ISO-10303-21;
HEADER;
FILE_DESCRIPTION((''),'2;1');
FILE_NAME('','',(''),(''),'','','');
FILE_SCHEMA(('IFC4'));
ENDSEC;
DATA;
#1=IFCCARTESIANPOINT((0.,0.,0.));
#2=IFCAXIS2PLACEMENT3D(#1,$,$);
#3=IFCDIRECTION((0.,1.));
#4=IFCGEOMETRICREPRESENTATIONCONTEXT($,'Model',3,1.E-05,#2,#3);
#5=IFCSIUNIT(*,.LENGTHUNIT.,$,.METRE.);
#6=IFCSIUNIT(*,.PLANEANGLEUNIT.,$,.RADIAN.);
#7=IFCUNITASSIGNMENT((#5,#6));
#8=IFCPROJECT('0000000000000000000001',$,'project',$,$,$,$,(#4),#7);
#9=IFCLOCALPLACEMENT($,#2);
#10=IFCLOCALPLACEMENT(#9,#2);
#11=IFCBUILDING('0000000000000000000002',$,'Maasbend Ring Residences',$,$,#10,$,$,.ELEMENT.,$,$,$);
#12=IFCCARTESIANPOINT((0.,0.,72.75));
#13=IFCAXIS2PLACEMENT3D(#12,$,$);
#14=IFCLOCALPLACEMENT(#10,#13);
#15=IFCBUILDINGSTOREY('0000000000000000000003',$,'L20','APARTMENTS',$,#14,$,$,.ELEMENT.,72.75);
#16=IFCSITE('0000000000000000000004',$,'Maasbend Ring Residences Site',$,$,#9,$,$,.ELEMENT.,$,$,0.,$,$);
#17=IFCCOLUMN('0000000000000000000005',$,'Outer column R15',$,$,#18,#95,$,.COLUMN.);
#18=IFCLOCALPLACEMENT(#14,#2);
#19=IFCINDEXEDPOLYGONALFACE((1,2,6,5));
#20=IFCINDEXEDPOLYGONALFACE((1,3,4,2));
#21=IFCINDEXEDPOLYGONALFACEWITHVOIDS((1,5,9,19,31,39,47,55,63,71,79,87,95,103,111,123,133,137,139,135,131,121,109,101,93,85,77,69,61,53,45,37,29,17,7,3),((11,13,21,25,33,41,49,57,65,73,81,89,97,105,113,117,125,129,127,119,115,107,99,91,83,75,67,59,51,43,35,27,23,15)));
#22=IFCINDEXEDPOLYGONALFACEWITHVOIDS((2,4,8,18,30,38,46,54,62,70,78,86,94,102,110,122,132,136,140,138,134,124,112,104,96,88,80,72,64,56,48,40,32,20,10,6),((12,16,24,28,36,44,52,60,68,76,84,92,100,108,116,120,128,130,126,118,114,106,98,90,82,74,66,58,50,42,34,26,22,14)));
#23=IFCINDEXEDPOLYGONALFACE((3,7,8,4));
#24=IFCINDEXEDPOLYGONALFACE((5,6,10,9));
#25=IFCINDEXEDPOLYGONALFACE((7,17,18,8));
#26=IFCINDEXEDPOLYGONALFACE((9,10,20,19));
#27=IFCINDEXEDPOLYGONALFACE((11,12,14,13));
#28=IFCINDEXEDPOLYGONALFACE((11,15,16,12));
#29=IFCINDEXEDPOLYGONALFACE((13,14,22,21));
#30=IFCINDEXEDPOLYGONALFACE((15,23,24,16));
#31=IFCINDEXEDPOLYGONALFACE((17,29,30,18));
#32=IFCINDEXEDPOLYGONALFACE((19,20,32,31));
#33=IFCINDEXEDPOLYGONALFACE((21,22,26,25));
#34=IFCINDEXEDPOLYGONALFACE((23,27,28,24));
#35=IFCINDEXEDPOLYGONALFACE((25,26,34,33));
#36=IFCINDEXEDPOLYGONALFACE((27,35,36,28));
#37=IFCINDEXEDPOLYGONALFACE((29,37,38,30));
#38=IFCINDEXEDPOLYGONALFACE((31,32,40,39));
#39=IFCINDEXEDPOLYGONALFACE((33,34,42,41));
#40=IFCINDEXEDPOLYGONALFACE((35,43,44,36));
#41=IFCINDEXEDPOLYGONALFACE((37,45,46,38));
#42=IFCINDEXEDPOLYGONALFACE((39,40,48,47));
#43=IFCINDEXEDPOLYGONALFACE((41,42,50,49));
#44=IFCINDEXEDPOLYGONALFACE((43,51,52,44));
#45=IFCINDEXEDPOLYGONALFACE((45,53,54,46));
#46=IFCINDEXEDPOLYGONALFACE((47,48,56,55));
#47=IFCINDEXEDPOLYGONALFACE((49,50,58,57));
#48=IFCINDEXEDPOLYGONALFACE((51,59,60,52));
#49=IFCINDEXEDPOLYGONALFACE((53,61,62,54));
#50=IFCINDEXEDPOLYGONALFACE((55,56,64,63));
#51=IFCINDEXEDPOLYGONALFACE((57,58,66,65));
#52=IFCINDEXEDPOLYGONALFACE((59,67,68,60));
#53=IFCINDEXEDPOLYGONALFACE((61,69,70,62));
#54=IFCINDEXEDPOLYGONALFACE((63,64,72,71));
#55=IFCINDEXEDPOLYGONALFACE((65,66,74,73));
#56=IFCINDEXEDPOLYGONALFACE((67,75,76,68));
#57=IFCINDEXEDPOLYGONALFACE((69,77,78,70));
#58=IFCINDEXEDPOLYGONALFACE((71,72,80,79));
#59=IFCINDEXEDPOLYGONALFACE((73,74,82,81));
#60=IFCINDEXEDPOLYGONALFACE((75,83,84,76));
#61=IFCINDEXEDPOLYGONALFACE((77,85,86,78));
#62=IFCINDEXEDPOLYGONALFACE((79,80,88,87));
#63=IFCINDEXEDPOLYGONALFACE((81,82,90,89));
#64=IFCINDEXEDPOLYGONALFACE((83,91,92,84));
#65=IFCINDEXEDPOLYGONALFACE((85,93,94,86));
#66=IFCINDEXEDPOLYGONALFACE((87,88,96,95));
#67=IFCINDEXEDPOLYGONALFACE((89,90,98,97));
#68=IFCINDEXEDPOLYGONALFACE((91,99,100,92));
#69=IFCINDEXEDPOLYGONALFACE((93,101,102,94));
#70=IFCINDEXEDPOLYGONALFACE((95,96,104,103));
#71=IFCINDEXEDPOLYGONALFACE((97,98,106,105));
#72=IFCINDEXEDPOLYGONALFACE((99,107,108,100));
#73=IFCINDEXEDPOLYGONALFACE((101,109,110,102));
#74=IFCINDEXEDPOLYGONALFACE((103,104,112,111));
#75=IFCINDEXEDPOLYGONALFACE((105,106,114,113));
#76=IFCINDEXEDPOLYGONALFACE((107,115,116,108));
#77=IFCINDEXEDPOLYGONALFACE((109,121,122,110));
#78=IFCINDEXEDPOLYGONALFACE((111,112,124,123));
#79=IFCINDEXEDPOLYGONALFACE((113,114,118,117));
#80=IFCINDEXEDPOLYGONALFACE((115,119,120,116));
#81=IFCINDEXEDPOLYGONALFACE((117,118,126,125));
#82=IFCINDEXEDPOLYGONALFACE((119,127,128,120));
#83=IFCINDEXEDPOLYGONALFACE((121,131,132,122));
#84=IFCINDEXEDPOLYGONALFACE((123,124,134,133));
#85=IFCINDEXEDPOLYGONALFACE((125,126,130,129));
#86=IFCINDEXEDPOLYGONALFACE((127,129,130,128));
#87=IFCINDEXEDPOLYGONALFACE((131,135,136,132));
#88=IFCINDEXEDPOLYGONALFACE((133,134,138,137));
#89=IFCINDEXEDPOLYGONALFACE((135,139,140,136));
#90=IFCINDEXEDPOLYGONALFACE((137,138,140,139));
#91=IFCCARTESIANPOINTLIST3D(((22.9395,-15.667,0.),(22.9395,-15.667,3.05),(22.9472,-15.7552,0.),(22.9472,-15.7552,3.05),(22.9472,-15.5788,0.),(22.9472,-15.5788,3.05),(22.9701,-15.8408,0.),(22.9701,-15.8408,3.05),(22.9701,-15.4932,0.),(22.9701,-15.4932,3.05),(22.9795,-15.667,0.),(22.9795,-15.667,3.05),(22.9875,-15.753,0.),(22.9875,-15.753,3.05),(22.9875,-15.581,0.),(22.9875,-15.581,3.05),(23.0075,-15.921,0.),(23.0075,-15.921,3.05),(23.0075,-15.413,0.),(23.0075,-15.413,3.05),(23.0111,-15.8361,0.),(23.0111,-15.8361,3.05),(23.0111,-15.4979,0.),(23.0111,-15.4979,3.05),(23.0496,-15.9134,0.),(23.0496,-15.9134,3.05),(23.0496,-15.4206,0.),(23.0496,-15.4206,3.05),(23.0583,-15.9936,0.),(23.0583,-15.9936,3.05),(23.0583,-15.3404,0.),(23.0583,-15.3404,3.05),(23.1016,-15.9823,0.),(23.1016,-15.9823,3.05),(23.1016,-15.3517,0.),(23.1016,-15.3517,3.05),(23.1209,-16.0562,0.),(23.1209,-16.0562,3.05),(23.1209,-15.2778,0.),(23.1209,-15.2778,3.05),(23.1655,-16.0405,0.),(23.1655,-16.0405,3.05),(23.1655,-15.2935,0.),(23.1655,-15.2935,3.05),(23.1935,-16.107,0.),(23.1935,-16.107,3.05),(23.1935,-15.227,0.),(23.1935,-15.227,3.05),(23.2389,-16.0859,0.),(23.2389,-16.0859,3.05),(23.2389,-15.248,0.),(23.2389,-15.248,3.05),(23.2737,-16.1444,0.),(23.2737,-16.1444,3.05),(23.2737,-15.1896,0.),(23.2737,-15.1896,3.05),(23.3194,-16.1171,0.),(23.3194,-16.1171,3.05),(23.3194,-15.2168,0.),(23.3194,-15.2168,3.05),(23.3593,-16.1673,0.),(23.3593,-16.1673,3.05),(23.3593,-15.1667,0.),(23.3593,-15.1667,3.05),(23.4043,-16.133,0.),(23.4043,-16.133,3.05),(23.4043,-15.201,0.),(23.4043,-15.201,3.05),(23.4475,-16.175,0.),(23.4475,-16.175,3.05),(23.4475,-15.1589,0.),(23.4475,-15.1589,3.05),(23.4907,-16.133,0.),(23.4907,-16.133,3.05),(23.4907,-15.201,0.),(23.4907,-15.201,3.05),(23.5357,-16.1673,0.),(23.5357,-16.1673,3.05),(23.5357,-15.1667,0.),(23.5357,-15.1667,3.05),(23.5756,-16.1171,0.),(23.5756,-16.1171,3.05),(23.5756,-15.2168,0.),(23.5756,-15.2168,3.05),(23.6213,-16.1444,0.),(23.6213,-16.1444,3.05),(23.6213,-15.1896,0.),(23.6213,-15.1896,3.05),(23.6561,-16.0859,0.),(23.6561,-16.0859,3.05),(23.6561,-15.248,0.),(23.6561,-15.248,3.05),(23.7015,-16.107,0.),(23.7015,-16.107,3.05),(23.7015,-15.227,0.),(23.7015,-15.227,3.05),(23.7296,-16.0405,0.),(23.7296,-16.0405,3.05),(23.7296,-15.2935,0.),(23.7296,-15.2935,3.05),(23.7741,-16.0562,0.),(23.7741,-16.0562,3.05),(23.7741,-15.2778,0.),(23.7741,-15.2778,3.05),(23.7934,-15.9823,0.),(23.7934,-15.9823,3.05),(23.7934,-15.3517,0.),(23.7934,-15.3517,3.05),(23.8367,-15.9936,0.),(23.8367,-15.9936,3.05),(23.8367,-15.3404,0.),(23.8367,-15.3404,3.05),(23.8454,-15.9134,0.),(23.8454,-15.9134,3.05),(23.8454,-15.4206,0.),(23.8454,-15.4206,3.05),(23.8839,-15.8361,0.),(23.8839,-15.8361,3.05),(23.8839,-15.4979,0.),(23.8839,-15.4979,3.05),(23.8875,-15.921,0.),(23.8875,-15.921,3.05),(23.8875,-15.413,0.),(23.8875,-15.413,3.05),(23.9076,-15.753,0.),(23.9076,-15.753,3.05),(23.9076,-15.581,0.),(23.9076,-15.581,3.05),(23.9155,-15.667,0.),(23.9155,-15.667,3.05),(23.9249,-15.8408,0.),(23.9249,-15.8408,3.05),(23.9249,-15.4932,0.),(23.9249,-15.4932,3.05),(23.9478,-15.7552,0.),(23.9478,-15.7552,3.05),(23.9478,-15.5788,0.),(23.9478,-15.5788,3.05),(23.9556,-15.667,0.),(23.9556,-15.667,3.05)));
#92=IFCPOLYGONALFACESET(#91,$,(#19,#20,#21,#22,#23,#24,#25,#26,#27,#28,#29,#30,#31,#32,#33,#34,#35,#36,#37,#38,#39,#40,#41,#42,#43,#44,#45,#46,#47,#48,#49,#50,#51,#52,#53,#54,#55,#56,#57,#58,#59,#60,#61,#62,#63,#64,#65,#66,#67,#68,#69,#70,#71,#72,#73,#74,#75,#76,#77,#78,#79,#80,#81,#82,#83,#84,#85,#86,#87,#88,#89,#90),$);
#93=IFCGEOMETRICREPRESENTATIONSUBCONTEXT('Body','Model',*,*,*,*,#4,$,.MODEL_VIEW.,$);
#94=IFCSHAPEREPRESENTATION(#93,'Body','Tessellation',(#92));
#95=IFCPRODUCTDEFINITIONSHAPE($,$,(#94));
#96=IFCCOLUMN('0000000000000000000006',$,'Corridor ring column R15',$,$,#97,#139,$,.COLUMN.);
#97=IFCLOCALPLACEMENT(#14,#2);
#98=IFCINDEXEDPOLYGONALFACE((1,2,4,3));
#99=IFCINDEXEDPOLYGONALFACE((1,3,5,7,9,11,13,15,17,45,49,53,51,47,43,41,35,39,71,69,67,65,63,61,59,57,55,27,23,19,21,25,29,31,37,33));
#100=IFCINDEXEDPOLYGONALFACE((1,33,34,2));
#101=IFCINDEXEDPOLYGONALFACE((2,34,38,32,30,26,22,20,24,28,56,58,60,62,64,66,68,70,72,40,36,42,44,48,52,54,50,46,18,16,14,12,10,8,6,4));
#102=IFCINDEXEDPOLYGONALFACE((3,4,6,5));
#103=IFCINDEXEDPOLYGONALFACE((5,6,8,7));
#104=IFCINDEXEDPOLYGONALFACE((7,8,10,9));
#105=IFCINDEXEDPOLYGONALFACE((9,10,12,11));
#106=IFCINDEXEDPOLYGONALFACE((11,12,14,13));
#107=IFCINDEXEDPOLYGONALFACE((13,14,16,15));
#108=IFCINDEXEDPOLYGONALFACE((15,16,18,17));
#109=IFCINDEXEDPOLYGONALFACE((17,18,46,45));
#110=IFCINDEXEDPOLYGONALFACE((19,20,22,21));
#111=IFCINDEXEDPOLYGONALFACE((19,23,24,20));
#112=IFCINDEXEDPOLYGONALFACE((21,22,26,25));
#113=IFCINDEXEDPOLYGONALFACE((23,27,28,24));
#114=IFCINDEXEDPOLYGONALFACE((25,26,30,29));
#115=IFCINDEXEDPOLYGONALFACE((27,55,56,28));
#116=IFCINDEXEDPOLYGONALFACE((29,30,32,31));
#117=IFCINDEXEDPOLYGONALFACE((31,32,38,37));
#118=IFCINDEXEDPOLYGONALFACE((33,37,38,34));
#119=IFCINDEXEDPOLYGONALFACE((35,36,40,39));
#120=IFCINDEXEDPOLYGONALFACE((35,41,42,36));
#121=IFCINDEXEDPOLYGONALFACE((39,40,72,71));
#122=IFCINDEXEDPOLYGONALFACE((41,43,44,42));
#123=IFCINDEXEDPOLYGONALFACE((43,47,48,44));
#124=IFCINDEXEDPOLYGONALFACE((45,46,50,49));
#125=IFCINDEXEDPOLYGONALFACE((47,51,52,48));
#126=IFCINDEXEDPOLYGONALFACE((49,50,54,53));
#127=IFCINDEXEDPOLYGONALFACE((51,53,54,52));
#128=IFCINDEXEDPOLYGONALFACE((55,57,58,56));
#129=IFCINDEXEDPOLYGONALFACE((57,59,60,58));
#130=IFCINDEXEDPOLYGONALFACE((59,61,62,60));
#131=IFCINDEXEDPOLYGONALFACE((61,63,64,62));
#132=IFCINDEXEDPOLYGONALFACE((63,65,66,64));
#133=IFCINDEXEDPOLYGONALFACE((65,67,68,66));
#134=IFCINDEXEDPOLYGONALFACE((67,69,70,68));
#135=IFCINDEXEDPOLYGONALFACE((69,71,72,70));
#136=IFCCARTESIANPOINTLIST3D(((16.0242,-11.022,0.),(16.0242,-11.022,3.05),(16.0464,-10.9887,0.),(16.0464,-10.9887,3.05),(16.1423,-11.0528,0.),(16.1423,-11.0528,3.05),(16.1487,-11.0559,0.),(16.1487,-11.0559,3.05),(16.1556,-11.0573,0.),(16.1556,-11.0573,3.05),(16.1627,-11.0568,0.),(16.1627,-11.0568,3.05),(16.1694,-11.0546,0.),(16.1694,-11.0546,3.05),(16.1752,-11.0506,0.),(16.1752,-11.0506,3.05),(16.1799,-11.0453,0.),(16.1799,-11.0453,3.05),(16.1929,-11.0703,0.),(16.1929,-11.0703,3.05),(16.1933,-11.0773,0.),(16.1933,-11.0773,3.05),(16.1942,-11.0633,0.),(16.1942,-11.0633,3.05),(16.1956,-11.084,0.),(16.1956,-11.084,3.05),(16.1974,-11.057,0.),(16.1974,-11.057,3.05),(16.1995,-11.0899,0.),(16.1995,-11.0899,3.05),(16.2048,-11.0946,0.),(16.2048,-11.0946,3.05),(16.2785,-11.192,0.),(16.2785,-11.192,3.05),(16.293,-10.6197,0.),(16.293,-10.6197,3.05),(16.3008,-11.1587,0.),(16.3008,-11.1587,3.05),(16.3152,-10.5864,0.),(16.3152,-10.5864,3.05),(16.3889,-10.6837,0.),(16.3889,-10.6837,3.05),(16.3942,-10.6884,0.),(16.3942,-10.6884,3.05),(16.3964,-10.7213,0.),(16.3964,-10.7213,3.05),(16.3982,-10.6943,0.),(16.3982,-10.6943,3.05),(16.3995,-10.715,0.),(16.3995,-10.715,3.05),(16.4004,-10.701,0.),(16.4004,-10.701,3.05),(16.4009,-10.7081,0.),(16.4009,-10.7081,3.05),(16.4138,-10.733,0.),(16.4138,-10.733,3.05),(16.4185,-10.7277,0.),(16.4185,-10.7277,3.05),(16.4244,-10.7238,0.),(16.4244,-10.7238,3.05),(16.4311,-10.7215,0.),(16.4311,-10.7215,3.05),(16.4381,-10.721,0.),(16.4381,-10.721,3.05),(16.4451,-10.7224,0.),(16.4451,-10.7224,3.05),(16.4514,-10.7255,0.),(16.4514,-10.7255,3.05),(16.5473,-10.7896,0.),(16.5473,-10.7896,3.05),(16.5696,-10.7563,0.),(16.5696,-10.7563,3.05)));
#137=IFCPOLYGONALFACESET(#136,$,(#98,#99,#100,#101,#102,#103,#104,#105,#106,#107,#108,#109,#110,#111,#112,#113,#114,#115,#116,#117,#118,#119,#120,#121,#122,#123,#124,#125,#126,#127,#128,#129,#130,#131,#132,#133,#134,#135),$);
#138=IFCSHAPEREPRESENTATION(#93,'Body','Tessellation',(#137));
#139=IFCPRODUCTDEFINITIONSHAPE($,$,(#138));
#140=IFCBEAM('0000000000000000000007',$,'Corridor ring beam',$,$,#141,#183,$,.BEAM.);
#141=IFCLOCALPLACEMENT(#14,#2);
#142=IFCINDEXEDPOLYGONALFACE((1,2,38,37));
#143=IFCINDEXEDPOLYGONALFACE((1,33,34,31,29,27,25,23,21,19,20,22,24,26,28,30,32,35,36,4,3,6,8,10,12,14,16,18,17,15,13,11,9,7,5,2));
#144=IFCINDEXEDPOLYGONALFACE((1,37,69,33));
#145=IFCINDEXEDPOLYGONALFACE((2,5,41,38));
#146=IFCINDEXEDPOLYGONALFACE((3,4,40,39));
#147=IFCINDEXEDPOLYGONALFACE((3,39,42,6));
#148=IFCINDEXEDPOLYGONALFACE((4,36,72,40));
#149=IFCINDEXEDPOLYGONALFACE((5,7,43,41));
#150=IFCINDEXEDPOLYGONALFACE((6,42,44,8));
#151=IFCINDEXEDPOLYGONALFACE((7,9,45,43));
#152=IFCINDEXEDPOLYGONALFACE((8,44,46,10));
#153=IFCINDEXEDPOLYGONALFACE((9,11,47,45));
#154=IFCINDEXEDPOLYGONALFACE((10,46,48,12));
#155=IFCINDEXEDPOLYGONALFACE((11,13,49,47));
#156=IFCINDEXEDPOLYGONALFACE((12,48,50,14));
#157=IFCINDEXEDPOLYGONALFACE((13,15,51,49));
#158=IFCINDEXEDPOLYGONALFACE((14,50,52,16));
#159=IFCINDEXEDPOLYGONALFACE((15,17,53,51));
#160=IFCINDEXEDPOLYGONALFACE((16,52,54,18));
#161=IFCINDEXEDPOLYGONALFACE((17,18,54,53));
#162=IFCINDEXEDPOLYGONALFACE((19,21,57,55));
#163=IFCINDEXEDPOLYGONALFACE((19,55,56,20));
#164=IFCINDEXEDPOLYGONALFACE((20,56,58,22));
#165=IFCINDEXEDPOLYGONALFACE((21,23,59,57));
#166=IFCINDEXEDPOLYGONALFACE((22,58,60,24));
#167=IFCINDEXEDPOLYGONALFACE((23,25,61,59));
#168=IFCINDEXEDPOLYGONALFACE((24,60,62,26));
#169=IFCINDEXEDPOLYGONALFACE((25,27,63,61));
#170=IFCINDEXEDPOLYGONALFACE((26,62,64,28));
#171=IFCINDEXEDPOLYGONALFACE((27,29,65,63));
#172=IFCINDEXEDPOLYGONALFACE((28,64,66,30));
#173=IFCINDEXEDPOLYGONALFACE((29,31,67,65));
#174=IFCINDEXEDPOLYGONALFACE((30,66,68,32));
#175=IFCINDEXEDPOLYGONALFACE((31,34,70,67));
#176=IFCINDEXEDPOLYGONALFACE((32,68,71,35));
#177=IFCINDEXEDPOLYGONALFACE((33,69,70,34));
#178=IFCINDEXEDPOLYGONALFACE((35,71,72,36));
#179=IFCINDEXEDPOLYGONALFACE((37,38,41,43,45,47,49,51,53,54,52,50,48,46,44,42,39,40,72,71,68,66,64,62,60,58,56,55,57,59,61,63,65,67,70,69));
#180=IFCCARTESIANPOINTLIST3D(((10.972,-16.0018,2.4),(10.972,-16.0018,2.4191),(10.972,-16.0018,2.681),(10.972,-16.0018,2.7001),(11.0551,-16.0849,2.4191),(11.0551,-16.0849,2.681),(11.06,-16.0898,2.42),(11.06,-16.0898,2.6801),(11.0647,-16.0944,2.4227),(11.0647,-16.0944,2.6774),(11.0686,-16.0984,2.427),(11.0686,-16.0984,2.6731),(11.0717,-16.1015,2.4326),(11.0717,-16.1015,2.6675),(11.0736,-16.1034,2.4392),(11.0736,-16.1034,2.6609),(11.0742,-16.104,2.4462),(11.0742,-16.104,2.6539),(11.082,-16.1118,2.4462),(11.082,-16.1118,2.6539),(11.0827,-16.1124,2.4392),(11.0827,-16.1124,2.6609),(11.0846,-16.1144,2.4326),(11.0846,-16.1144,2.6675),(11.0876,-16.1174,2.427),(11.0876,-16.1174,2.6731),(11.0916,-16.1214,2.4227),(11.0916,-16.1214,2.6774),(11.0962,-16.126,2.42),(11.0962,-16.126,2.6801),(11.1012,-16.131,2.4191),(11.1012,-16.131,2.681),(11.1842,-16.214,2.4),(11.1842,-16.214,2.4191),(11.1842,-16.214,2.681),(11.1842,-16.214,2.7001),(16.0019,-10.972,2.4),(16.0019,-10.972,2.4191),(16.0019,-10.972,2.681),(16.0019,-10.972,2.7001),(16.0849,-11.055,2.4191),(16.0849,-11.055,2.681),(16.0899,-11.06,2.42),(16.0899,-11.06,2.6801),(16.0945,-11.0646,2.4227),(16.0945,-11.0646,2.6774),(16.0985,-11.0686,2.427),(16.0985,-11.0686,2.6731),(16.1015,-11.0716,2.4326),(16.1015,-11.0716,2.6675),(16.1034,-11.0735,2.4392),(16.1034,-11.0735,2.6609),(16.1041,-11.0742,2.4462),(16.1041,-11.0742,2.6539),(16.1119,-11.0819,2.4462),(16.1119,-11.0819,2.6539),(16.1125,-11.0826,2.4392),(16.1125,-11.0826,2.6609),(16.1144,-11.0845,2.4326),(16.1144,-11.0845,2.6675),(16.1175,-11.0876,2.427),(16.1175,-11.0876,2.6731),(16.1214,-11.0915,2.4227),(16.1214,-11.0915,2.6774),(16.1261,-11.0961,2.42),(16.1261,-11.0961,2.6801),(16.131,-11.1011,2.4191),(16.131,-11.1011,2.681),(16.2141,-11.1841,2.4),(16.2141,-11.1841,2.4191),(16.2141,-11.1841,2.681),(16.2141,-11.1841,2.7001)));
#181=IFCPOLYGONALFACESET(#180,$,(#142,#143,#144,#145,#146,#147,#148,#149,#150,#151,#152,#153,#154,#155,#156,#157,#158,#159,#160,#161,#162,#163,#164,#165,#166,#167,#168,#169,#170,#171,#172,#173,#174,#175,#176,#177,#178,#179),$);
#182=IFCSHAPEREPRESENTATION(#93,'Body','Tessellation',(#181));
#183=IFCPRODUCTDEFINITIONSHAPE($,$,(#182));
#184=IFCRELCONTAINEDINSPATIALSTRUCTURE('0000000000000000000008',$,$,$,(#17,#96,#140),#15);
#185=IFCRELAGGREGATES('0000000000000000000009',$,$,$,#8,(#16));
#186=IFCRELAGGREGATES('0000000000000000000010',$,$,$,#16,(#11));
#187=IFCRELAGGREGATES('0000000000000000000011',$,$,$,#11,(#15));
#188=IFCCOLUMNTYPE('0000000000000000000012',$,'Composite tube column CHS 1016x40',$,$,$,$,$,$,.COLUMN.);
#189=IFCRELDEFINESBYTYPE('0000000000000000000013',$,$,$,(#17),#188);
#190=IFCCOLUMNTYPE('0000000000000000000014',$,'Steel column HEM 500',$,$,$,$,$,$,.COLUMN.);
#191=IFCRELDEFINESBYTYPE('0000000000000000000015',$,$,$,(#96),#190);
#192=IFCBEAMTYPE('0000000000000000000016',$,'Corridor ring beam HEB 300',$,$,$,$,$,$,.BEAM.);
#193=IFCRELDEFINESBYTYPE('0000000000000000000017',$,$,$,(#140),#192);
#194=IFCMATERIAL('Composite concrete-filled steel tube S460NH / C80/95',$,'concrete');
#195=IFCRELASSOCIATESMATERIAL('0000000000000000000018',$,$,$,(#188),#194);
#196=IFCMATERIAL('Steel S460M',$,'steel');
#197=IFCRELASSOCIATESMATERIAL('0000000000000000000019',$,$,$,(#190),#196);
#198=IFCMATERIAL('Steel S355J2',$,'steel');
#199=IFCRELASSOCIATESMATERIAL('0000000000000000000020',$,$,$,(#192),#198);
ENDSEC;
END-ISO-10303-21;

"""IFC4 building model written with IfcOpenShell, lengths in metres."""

from ifc_helpers import new_model, si_unit, direction, frame, origin, origin_2d, place, context, subcontext, project, spatial, hollow_circle, i_section, extrude, material, material_profile, profile_set, type_object, element, save


model = new_model("IFC4")

# Units and contexts
model_context = context("Model", 3, precision=1e-05, world=origin(), true_north=direction((0.0, 1.0)))
body_context = subcontext(model_context, "Body", "Model", "MODEL_VIEW")
ifc_project = project(units=[si_unit("LENGTHUNIT", "METRE"), si_unit("PLANEANGLEUNIT", "RADIAN")], contexts=[model_context])

# Site, building, storey
site_placement = place(None, origin())
site = spatial("IfcSite", under=ifc_project, at=site_placement, Name="Maasbend Ring Residences Site", CompositionType="ELEMENT", RefElevation=0.0)
building_placement = place(site_placement, origin())
building = spatial("IfcBuilding", under=site, at=building_placement, Name="Maasbend Ring Residences", CompositionType="ELEMENT")
storey_placement = place(building_placement, frame((0.0, 0.0, 72.75)))
storey = spatial("IfcBuildingStorey", under=building, at=storey_placement, Name="L20", Description="APARTMENTS", CompositionType="ELEMENT", Elevation=72.75)

# Columns
ifc_material_1 = material(Name="Composite concrete-filled steel tube S460NH / C80/95", Category="concrete")
ifc_material_profile_1 = material_profile(ifc_material_1, hollow_circle(Radius=0.5081, WallThickness=0.04, at=origin_2d()), Name="Composite tube column CHS 1016x40")
ifc_profile_set_1 = profile_set([ifc_material_profile_1], Name="Composite concrete-filled steel tube S460NH / C80/95")
column_type_1 = type_object("IfcColumnType", Name="Composite tube column CHS 1016x40", PredefinedType="COLUMN", material=ifc_profile_set_1)
column_1_placement = place(storey_placement, frame((23.4475, -15.667, 0.0), z_axis=(0.0, 0.0, 1.0), x_axis=(1.0, 0.0, 0.0)))
element("IfcColumn", 1, at=column_1_placement, inside=storey, type_object=column_type_1, Name="Outer column R15", PredefinedType="COLUMN", context=body_context, shape_type="SweptSolid", body=[
    extrude(hollow_circle(Radius=0.5081, WallThickness=0.04, at=origin_2d()), origin(), (0.0, 0.0, 1.0), 3.05),
])
ifc_material_2 = material(Name="Steel S460M", Category="steel")
ifc_material_profile_2 = material_profile(ifc_material_2, i_section(OverallWidth=0.3059, OverallDepth=0.5239, WebThickness=0.021, FlangeThickness=0.04, FilletRadius=0.0271, at=origin_2d()), Name="HEM 500")
ifc_profile_set_2 = profile_set([ifc_material_profile_2], Name="Steel S460M")
column_type_2 = type_object("IfcColumnType", Name="Steel column HEM 500", PredefinedType="COLUMN", material=ifc_profile_set_2)
column_2_placement = place(storey_placement, frame((16.2969, -10.8892, 0.0), z_axis=(0.0, 0.0, 1.0), x_axis=(0.83147, -0.55557, 0.0)))
element("IfcColumn", 2, at=column_2_placement, inside=storey, type_object=column_type_2, Name="Corridor ring column R15", PredefinedType="COLUMN", context=body_context, shape_type="SweptSolid", body=[
    extrude(i_section(OverallWidth=0.3059, OverallDepth=0.5239, WebThickness=0.021, FlangeThickness=0.04, FilletRadius=0.0271, at=origin_2d()), origin(), (0.0, 0.0, 1.0), 3.05),
])

# Beam
ifc_material_3 = material(Name="Steel S355J2", Category="steel")
ifc_material_profile_3 = material_profile(ifc_material_3, i_section(OverallWidth=0.3, OverallDepth=0.3, WebThickness=0.011, FlangeThickness=0.019, FilletRadius=0.0271, at=origin_2d()), Name="HEB 300")
ifc_profile_set_3 = profile_set([ifc_material_profile_3], Name="Steel S355J2")
beam_type = type_object("IfcBeamType", Name="Corridor ring beam HEB 300", PredefinedType="BEAM", material=ifc_profile_set_3)
beam_placement = place(storey_placement, frame((11.0781, -16.1079, 2.55), z_axis=(0.707107, 0.707107, 0.0), x_axis=(-0.707107, 0.707107, 0.0)))
element("IfcBeam", 3, at=beam_placement, inside=storey, type_object=beam_type, Name="Corridor ring beam", PredefinedType="BEAM", context=body_context, shape_type="SweptSolid", body=[
    extrude(i_section(OverallWidth=0.3, OverallDepth=0.3, WebThickness=0.011, FlangeThickness=0.019, FilletRadius=0.0271, at=origin_2d()), origin(), (0.0, 0.0, 1.0), 7.1133),
])

save(model, "model.ifc")
